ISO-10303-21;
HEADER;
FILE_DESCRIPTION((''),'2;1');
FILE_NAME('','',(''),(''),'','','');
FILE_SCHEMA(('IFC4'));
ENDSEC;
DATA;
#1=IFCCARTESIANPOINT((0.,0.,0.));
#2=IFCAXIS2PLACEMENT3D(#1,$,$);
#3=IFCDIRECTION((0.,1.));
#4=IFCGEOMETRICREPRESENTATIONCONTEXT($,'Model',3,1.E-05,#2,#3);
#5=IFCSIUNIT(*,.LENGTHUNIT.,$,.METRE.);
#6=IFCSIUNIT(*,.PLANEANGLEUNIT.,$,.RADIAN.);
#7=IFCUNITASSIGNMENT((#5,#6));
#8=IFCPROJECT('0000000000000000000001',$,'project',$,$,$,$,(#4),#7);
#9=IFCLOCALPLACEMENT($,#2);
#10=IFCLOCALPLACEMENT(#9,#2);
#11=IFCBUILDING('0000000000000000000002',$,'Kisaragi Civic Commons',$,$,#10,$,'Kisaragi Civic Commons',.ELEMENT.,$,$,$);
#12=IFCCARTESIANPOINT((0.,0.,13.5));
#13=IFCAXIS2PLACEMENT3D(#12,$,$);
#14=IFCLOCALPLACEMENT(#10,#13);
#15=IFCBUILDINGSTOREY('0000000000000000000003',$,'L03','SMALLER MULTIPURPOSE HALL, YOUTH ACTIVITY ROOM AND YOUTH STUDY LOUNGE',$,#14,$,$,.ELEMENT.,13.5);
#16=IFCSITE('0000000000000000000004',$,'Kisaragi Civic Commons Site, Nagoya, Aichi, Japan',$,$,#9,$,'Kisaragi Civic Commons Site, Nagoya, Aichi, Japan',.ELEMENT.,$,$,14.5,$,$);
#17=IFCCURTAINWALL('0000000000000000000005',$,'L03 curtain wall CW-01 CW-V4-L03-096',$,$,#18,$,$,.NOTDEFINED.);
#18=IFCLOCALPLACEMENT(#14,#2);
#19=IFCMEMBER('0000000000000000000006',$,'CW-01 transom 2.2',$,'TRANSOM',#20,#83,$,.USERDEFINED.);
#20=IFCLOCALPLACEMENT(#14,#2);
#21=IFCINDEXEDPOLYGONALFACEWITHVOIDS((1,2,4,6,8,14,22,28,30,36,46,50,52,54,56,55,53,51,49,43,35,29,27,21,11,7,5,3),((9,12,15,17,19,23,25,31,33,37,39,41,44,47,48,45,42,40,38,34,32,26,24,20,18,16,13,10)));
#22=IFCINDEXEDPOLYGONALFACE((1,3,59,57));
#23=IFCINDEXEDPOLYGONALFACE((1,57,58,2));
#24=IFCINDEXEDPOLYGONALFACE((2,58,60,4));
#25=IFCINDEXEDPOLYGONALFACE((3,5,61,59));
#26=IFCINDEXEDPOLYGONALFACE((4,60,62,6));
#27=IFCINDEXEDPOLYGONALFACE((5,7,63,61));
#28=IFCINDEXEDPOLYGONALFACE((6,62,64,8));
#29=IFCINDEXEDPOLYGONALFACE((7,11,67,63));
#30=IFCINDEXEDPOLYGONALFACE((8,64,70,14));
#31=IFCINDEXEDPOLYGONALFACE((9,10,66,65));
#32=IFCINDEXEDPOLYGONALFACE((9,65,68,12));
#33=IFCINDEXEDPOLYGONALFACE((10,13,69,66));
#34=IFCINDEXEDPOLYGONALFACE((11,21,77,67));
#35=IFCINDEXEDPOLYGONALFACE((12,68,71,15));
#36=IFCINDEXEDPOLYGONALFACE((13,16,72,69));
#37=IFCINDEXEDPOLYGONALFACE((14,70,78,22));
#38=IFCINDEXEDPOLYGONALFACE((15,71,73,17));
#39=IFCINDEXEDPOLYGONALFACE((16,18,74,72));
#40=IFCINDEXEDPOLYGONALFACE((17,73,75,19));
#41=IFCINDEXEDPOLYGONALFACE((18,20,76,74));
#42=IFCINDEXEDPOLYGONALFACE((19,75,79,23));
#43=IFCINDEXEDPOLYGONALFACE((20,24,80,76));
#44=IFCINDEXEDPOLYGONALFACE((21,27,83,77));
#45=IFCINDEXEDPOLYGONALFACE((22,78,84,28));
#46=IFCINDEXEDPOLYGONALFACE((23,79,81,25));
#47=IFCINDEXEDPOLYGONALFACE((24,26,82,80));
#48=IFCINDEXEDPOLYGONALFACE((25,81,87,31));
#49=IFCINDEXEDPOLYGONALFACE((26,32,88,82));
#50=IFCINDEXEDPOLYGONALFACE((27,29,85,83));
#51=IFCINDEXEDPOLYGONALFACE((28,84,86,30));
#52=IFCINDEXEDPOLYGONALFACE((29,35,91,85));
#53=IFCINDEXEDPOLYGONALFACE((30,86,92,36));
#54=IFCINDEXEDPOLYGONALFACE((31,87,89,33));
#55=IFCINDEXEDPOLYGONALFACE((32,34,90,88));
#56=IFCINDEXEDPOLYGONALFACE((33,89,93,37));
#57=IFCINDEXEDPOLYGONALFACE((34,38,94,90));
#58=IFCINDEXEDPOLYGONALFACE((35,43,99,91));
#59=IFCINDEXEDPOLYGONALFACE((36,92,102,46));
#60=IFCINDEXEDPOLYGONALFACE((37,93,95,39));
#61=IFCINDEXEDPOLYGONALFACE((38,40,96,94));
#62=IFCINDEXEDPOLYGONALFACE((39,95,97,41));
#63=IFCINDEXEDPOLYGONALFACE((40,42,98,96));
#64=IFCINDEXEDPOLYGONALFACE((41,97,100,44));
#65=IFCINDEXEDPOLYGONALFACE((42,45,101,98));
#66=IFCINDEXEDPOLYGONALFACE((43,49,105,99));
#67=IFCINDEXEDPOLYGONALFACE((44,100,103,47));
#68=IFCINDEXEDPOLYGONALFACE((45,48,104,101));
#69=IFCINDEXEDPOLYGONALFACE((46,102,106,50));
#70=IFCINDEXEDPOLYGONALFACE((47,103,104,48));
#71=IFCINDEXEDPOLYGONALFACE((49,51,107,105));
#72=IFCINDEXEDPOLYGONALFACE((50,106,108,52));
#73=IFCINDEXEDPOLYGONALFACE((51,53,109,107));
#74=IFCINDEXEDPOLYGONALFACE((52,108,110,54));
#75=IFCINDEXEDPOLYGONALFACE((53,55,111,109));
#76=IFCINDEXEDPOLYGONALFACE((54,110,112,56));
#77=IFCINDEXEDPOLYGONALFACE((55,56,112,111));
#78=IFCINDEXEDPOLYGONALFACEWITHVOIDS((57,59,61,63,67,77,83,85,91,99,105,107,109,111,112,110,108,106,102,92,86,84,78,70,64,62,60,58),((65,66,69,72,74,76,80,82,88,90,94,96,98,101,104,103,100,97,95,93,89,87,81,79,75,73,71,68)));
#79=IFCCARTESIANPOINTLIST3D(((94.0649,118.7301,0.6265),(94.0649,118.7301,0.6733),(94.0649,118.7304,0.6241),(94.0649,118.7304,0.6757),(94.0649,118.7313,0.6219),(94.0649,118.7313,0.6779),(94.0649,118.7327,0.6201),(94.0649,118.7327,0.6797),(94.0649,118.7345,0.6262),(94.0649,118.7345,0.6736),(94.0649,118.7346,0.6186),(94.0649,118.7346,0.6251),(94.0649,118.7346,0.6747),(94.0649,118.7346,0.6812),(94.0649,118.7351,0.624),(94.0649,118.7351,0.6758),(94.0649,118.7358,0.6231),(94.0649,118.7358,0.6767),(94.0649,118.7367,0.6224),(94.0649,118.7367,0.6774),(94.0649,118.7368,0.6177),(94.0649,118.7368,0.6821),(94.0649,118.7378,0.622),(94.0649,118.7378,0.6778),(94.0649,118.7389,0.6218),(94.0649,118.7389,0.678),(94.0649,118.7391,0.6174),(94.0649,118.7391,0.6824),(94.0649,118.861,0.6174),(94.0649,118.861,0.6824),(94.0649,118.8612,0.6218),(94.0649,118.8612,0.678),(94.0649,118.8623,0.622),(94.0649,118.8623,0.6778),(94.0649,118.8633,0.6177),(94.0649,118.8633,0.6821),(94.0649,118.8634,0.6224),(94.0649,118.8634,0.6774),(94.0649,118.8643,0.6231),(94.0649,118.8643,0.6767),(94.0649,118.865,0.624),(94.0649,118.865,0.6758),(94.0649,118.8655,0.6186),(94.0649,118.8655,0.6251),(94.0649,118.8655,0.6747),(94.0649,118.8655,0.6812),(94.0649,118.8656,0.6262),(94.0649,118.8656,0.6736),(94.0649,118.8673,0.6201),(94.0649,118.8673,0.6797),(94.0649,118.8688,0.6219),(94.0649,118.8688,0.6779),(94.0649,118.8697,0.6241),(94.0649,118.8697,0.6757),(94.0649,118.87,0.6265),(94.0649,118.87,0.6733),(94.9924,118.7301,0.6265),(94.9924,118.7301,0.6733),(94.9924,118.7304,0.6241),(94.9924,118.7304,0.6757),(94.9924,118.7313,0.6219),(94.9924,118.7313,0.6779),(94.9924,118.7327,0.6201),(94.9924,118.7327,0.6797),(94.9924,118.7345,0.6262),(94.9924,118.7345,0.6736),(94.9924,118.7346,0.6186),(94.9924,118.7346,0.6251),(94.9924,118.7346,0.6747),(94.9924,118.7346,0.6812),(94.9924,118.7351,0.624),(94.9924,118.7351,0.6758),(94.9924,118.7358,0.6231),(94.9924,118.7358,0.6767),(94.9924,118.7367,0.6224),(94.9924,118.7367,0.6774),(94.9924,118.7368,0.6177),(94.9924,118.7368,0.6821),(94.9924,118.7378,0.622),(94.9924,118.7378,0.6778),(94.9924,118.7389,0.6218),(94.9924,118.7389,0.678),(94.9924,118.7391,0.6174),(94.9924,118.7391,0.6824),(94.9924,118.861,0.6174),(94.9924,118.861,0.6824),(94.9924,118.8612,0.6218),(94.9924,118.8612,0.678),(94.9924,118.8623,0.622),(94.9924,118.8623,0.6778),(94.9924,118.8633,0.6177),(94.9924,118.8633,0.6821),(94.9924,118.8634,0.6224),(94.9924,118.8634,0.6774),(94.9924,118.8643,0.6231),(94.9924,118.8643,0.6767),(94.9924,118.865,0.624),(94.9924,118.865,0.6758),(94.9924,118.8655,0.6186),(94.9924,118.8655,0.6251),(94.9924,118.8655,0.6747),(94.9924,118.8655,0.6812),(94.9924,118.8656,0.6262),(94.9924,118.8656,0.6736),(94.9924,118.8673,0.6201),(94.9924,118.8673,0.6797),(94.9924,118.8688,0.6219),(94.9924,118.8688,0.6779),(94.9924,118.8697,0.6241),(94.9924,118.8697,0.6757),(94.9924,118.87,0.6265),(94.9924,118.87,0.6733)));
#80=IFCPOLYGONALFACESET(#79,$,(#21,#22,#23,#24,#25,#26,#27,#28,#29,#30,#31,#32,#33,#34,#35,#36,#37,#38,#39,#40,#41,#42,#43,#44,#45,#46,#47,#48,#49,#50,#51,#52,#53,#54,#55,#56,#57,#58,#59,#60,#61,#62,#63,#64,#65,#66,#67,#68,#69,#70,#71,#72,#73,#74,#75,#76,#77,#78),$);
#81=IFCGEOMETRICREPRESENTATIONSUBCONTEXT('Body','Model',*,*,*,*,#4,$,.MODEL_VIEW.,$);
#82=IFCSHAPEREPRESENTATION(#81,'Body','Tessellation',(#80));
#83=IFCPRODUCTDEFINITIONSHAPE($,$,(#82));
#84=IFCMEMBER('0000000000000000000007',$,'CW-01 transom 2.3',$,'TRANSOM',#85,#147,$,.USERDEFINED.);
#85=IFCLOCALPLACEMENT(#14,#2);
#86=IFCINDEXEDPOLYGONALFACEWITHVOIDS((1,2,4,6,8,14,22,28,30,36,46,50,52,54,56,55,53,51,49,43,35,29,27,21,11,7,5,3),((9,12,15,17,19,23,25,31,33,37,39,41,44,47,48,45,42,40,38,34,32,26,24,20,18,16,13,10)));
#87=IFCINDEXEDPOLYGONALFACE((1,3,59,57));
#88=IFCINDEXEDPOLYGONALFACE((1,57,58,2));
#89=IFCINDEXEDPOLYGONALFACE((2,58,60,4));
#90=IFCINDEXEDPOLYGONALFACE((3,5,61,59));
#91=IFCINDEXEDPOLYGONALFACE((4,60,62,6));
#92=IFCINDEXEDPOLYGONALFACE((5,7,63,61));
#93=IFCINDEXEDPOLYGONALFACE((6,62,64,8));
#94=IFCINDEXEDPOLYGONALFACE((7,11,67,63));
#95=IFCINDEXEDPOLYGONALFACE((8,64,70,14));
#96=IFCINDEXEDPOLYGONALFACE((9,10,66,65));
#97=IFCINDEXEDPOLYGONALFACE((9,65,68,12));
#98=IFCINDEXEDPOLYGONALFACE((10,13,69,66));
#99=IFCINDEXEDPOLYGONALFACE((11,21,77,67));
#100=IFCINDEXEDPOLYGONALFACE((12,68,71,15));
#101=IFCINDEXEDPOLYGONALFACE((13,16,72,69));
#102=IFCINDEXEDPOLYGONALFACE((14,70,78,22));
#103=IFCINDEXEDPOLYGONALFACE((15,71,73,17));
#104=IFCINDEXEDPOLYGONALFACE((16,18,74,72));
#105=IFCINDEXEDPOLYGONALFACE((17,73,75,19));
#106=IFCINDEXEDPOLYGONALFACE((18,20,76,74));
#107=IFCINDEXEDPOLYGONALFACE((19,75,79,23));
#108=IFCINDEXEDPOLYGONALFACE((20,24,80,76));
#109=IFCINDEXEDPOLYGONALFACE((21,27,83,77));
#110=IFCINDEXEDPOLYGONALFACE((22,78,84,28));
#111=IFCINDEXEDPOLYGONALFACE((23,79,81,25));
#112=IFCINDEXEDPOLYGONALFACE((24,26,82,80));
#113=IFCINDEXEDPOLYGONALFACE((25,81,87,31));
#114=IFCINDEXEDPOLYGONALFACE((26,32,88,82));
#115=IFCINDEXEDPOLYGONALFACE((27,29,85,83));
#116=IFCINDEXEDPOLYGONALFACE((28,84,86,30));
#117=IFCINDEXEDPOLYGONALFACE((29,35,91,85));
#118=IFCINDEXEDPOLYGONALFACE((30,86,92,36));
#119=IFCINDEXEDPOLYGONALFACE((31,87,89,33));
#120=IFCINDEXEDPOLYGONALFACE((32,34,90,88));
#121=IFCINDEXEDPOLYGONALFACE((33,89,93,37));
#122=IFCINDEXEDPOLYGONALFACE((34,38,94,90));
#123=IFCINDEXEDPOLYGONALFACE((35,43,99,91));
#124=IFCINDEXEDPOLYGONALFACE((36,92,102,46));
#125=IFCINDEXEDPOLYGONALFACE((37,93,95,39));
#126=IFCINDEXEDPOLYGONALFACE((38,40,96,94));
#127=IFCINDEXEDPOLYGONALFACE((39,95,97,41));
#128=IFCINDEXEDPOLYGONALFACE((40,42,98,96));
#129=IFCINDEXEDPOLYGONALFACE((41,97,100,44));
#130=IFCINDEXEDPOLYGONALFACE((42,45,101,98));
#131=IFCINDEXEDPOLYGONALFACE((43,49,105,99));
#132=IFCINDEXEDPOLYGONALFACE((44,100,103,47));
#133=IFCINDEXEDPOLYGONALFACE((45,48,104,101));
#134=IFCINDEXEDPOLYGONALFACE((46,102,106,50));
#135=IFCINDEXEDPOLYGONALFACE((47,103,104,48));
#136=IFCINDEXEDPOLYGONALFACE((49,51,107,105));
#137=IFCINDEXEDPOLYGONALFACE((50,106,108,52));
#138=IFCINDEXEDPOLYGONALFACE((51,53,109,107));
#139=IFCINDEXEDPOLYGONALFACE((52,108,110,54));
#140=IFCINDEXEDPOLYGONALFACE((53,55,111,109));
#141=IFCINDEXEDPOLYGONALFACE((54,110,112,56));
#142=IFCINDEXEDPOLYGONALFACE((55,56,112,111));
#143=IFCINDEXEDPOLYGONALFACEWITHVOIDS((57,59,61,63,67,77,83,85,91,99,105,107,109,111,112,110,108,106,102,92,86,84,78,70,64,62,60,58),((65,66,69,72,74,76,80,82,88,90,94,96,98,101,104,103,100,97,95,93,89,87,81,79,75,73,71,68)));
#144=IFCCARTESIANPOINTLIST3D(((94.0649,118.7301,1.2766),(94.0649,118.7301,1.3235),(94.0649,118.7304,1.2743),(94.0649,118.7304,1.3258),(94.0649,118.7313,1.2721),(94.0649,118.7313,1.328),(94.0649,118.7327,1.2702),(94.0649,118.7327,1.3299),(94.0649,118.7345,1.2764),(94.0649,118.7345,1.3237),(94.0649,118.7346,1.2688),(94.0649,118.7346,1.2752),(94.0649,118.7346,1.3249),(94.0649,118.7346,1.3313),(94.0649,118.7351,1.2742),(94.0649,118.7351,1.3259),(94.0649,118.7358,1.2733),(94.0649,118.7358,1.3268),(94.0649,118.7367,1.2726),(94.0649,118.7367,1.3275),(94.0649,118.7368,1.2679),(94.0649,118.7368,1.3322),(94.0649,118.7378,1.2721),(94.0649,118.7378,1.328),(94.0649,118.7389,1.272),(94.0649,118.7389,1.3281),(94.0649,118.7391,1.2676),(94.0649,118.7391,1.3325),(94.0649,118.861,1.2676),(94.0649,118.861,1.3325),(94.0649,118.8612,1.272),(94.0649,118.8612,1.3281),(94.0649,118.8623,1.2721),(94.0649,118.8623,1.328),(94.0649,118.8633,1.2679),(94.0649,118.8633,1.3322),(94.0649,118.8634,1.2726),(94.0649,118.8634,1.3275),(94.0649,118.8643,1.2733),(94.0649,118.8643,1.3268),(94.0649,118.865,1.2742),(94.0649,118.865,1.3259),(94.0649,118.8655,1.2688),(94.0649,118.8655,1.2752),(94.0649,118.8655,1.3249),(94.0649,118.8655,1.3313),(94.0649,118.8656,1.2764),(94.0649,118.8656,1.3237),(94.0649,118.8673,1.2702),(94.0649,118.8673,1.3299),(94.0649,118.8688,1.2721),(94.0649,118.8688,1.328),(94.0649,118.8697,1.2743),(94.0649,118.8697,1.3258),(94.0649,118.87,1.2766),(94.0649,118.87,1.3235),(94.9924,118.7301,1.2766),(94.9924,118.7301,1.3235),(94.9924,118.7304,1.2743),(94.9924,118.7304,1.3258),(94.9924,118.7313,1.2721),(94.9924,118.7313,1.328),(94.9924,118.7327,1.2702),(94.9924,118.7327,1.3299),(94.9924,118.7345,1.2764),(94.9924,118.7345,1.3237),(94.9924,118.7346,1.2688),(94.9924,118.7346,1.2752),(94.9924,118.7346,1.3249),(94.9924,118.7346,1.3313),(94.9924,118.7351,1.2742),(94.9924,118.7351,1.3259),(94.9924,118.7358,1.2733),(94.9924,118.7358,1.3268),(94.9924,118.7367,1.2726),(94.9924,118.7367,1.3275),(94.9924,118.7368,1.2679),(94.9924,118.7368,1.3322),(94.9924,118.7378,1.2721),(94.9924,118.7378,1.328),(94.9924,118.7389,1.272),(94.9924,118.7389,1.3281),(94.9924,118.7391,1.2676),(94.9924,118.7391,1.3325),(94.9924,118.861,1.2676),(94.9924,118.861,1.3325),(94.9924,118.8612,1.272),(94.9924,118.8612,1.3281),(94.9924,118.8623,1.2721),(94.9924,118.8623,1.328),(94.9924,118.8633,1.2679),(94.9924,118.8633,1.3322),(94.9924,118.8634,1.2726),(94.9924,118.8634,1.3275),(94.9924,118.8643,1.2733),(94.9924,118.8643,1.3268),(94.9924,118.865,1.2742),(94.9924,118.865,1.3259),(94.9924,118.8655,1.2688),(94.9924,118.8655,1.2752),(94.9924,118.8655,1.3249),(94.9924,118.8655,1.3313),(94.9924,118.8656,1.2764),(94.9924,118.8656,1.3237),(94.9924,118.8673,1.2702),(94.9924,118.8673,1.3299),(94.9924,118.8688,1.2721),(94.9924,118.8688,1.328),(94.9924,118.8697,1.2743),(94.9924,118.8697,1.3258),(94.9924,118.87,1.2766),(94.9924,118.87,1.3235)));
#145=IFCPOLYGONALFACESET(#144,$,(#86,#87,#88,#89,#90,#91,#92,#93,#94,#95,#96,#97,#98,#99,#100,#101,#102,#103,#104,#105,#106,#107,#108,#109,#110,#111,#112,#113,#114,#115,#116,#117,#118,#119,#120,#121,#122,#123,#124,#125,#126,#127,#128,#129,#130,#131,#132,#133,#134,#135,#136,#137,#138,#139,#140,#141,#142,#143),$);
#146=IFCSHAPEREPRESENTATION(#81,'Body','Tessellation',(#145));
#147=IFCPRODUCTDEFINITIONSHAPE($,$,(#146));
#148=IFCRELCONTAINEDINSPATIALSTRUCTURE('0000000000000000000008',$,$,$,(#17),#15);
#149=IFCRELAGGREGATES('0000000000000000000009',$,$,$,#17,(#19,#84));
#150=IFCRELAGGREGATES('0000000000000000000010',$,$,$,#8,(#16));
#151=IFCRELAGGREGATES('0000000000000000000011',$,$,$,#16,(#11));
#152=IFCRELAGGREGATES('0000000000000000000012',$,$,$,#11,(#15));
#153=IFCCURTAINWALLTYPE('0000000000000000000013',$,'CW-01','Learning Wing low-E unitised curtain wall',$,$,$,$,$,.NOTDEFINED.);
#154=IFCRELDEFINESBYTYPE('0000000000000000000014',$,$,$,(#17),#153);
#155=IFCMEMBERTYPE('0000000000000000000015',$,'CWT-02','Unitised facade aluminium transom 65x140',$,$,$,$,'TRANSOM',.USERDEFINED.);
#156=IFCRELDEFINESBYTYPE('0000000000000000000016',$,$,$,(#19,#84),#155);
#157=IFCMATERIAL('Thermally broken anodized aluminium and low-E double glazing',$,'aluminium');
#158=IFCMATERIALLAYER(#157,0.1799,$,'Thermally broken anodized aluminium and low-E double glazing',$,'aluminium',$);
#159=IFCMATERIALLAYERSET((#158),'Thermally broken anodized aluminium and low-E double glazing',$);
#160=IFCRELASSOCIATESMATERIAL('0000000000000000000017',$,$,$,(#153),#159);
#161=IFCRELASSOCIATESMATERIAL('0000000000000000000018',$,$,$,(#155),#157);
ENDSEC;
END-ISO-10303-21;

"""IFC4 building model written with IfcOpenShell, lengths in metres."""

from ifc_helpers import new_model, si_unit, direction, frame, origin, origin_2d, place, context, subcontext, project, spatial, hollow_rectangle, extrude, material, layer, layer_set, material_profile, profile_set, type_object, element, aggregate, save


model = new_model("IFC4")

# Units and contexts
model_context = context("Model", 3, precision=1e-05, world=origin(), true_north=direction((0.0, 1.0)))
body_context = subcontext(model_context, "Body", "Model", "MODEL_VIEW")
ifc_project = project(units=[si_unit("LENGTHUNIT", "METRE"), si_unit("PLANEANGLEUNIT", "RADIAN")], contexts=[model_context])

# Site, building, storey
site_placement = place(None, origin())
site = spatial("IfcSite", under=ifc_project, at=site_placement, Name="Kisaragi Civic Commons Site, Nagoya, Aichi, Japan", LongName="Kisaragi Civic Commons Site, Nagoya, Aichi, Japan", CompositionType="ELEMENT", RefElevation=14.5)
building_placement = place(site_placement, origin())
building = spatial("IfcBuilding", under=site, at=building_placement, Name="Kisaragi Civic Commons", LongName="Kisaragi Civic Commons", CompositionType="ELEMENT")
storey_placement = place(building_placement, frame((0.0, 0.0, 13.5)))
storey = spatial("IfcBuildingStorey", under=building, at=storey_placement, Name="L03", Description="SMALLER MULTIPURPOSE HALL, YOUTH ACTIVITY ROOM AND YOUTH STUDY LOUNGE", CompositionType="ELEMENT", Elevation=13.5)

# Curtain wall, members
ifc_material = material(Name="Thermally broken anodized aluminium and low-E double glazing", Category="aluminium")
ifc_layer_1 = layer(ifc_material, 0.1799, Name="Thermally broken anodized aluminium and low-E double glazing", Category="aluminium")
ifc_layer_set_1 = layer_set([ifc_layer_1], Name="Thermally broken anodized aluminium and low-E double glazing")
curtain_wall_type = type_object("IfcCurtainWallType", Name="CW-01", Description="Learning Wing low-E unitised curtain wall", PredefinedType="NOTDEFINED", material=ifc_layer_set_1)
curtain_wall_placement = place(storey_placement, origin())
curtain_wall = element("IfcCurtainWall", 1, at=curtain_wall_placement, inside=storey, type_object=curtain_wall_type, Name="L03 curtain wall CW-01 CW-V4-L03-096", PredefinedType="NOTDEFINED")
ifc_material_profile_1 = material_profile(ifc_material, hollow_rectangle(XDim=0.1399, YDim=0.0649, WallThickness=0.0044, InnerFilletRadius=0.0044, OuterFilletRadius=0.009, at=origin_2d()), Name="CWT-65x140x4.5", Category="aluminium")
ifc_profile_set_1 = profile_set([ifc_material_profile_1], Name="Thermally broken anodized aluminium and low-E double glazing")
member_type_1 = type_object("IfcMemberType", Name="CWT-02", Description="Unitised facade aluminium transom 65x140", ElementType="TRANSOM", PredefinedType="USERDEFINED", material=ifc_profile_set_1)
member_1_placement = place(storey_placement, frame((94.0649, 118.8, 0.6499), z_axis=(1.0, 0.0, 0.0), x_axis=(0.0, 1.0, 0.0)))
member_1 = element("IfcMember", 2, at=member_1_placement, type_object=member_type_1, Name="CW-01 transom 2.2", ObjectType="TRANSOM", PredefinedType="USERDEFINED", context=body_context, shape_type="SweptSolid", body=[
    extrude(hollow_rectangle(XDim=0.1399, YDim=0.0649, WallThickness=0.0044, InnerFilletRadius=0.0044, OuterFilletRadius=0.009, at=origin_2d()), origin(), (0.0, 0.0, 1.0), 0.9275),
])
member_2_placement = place(storey_placement, frame((94.0649, 118.8, 1.3), z_axis=(1.0, 0.0, 0.0), x_axis=(0.0, 1.0, 0.0)))
member_2 = element("IfcMember", 3, at=member_2_placement, type_object=member_type_1, Name="CW-01 transom 2.3", ObjectType="TRANSOM", PredefinedType="USERDEFINED", context=body_context, shape_type="SweptSolid", body=[
    extrude(hollow_rectangle(XDim=0.1399, YDim=0.0649, WallThickness=0.0044, InnerFilletRadius=0.0044, OuterFilletRadius=0.009, at=origin_2d()), origin(), (0.0, 0.0, 1.0), 0.9275),
])
aggregate(curtain_wall, [member_1, member_2])

save(model, "model.ifc")
